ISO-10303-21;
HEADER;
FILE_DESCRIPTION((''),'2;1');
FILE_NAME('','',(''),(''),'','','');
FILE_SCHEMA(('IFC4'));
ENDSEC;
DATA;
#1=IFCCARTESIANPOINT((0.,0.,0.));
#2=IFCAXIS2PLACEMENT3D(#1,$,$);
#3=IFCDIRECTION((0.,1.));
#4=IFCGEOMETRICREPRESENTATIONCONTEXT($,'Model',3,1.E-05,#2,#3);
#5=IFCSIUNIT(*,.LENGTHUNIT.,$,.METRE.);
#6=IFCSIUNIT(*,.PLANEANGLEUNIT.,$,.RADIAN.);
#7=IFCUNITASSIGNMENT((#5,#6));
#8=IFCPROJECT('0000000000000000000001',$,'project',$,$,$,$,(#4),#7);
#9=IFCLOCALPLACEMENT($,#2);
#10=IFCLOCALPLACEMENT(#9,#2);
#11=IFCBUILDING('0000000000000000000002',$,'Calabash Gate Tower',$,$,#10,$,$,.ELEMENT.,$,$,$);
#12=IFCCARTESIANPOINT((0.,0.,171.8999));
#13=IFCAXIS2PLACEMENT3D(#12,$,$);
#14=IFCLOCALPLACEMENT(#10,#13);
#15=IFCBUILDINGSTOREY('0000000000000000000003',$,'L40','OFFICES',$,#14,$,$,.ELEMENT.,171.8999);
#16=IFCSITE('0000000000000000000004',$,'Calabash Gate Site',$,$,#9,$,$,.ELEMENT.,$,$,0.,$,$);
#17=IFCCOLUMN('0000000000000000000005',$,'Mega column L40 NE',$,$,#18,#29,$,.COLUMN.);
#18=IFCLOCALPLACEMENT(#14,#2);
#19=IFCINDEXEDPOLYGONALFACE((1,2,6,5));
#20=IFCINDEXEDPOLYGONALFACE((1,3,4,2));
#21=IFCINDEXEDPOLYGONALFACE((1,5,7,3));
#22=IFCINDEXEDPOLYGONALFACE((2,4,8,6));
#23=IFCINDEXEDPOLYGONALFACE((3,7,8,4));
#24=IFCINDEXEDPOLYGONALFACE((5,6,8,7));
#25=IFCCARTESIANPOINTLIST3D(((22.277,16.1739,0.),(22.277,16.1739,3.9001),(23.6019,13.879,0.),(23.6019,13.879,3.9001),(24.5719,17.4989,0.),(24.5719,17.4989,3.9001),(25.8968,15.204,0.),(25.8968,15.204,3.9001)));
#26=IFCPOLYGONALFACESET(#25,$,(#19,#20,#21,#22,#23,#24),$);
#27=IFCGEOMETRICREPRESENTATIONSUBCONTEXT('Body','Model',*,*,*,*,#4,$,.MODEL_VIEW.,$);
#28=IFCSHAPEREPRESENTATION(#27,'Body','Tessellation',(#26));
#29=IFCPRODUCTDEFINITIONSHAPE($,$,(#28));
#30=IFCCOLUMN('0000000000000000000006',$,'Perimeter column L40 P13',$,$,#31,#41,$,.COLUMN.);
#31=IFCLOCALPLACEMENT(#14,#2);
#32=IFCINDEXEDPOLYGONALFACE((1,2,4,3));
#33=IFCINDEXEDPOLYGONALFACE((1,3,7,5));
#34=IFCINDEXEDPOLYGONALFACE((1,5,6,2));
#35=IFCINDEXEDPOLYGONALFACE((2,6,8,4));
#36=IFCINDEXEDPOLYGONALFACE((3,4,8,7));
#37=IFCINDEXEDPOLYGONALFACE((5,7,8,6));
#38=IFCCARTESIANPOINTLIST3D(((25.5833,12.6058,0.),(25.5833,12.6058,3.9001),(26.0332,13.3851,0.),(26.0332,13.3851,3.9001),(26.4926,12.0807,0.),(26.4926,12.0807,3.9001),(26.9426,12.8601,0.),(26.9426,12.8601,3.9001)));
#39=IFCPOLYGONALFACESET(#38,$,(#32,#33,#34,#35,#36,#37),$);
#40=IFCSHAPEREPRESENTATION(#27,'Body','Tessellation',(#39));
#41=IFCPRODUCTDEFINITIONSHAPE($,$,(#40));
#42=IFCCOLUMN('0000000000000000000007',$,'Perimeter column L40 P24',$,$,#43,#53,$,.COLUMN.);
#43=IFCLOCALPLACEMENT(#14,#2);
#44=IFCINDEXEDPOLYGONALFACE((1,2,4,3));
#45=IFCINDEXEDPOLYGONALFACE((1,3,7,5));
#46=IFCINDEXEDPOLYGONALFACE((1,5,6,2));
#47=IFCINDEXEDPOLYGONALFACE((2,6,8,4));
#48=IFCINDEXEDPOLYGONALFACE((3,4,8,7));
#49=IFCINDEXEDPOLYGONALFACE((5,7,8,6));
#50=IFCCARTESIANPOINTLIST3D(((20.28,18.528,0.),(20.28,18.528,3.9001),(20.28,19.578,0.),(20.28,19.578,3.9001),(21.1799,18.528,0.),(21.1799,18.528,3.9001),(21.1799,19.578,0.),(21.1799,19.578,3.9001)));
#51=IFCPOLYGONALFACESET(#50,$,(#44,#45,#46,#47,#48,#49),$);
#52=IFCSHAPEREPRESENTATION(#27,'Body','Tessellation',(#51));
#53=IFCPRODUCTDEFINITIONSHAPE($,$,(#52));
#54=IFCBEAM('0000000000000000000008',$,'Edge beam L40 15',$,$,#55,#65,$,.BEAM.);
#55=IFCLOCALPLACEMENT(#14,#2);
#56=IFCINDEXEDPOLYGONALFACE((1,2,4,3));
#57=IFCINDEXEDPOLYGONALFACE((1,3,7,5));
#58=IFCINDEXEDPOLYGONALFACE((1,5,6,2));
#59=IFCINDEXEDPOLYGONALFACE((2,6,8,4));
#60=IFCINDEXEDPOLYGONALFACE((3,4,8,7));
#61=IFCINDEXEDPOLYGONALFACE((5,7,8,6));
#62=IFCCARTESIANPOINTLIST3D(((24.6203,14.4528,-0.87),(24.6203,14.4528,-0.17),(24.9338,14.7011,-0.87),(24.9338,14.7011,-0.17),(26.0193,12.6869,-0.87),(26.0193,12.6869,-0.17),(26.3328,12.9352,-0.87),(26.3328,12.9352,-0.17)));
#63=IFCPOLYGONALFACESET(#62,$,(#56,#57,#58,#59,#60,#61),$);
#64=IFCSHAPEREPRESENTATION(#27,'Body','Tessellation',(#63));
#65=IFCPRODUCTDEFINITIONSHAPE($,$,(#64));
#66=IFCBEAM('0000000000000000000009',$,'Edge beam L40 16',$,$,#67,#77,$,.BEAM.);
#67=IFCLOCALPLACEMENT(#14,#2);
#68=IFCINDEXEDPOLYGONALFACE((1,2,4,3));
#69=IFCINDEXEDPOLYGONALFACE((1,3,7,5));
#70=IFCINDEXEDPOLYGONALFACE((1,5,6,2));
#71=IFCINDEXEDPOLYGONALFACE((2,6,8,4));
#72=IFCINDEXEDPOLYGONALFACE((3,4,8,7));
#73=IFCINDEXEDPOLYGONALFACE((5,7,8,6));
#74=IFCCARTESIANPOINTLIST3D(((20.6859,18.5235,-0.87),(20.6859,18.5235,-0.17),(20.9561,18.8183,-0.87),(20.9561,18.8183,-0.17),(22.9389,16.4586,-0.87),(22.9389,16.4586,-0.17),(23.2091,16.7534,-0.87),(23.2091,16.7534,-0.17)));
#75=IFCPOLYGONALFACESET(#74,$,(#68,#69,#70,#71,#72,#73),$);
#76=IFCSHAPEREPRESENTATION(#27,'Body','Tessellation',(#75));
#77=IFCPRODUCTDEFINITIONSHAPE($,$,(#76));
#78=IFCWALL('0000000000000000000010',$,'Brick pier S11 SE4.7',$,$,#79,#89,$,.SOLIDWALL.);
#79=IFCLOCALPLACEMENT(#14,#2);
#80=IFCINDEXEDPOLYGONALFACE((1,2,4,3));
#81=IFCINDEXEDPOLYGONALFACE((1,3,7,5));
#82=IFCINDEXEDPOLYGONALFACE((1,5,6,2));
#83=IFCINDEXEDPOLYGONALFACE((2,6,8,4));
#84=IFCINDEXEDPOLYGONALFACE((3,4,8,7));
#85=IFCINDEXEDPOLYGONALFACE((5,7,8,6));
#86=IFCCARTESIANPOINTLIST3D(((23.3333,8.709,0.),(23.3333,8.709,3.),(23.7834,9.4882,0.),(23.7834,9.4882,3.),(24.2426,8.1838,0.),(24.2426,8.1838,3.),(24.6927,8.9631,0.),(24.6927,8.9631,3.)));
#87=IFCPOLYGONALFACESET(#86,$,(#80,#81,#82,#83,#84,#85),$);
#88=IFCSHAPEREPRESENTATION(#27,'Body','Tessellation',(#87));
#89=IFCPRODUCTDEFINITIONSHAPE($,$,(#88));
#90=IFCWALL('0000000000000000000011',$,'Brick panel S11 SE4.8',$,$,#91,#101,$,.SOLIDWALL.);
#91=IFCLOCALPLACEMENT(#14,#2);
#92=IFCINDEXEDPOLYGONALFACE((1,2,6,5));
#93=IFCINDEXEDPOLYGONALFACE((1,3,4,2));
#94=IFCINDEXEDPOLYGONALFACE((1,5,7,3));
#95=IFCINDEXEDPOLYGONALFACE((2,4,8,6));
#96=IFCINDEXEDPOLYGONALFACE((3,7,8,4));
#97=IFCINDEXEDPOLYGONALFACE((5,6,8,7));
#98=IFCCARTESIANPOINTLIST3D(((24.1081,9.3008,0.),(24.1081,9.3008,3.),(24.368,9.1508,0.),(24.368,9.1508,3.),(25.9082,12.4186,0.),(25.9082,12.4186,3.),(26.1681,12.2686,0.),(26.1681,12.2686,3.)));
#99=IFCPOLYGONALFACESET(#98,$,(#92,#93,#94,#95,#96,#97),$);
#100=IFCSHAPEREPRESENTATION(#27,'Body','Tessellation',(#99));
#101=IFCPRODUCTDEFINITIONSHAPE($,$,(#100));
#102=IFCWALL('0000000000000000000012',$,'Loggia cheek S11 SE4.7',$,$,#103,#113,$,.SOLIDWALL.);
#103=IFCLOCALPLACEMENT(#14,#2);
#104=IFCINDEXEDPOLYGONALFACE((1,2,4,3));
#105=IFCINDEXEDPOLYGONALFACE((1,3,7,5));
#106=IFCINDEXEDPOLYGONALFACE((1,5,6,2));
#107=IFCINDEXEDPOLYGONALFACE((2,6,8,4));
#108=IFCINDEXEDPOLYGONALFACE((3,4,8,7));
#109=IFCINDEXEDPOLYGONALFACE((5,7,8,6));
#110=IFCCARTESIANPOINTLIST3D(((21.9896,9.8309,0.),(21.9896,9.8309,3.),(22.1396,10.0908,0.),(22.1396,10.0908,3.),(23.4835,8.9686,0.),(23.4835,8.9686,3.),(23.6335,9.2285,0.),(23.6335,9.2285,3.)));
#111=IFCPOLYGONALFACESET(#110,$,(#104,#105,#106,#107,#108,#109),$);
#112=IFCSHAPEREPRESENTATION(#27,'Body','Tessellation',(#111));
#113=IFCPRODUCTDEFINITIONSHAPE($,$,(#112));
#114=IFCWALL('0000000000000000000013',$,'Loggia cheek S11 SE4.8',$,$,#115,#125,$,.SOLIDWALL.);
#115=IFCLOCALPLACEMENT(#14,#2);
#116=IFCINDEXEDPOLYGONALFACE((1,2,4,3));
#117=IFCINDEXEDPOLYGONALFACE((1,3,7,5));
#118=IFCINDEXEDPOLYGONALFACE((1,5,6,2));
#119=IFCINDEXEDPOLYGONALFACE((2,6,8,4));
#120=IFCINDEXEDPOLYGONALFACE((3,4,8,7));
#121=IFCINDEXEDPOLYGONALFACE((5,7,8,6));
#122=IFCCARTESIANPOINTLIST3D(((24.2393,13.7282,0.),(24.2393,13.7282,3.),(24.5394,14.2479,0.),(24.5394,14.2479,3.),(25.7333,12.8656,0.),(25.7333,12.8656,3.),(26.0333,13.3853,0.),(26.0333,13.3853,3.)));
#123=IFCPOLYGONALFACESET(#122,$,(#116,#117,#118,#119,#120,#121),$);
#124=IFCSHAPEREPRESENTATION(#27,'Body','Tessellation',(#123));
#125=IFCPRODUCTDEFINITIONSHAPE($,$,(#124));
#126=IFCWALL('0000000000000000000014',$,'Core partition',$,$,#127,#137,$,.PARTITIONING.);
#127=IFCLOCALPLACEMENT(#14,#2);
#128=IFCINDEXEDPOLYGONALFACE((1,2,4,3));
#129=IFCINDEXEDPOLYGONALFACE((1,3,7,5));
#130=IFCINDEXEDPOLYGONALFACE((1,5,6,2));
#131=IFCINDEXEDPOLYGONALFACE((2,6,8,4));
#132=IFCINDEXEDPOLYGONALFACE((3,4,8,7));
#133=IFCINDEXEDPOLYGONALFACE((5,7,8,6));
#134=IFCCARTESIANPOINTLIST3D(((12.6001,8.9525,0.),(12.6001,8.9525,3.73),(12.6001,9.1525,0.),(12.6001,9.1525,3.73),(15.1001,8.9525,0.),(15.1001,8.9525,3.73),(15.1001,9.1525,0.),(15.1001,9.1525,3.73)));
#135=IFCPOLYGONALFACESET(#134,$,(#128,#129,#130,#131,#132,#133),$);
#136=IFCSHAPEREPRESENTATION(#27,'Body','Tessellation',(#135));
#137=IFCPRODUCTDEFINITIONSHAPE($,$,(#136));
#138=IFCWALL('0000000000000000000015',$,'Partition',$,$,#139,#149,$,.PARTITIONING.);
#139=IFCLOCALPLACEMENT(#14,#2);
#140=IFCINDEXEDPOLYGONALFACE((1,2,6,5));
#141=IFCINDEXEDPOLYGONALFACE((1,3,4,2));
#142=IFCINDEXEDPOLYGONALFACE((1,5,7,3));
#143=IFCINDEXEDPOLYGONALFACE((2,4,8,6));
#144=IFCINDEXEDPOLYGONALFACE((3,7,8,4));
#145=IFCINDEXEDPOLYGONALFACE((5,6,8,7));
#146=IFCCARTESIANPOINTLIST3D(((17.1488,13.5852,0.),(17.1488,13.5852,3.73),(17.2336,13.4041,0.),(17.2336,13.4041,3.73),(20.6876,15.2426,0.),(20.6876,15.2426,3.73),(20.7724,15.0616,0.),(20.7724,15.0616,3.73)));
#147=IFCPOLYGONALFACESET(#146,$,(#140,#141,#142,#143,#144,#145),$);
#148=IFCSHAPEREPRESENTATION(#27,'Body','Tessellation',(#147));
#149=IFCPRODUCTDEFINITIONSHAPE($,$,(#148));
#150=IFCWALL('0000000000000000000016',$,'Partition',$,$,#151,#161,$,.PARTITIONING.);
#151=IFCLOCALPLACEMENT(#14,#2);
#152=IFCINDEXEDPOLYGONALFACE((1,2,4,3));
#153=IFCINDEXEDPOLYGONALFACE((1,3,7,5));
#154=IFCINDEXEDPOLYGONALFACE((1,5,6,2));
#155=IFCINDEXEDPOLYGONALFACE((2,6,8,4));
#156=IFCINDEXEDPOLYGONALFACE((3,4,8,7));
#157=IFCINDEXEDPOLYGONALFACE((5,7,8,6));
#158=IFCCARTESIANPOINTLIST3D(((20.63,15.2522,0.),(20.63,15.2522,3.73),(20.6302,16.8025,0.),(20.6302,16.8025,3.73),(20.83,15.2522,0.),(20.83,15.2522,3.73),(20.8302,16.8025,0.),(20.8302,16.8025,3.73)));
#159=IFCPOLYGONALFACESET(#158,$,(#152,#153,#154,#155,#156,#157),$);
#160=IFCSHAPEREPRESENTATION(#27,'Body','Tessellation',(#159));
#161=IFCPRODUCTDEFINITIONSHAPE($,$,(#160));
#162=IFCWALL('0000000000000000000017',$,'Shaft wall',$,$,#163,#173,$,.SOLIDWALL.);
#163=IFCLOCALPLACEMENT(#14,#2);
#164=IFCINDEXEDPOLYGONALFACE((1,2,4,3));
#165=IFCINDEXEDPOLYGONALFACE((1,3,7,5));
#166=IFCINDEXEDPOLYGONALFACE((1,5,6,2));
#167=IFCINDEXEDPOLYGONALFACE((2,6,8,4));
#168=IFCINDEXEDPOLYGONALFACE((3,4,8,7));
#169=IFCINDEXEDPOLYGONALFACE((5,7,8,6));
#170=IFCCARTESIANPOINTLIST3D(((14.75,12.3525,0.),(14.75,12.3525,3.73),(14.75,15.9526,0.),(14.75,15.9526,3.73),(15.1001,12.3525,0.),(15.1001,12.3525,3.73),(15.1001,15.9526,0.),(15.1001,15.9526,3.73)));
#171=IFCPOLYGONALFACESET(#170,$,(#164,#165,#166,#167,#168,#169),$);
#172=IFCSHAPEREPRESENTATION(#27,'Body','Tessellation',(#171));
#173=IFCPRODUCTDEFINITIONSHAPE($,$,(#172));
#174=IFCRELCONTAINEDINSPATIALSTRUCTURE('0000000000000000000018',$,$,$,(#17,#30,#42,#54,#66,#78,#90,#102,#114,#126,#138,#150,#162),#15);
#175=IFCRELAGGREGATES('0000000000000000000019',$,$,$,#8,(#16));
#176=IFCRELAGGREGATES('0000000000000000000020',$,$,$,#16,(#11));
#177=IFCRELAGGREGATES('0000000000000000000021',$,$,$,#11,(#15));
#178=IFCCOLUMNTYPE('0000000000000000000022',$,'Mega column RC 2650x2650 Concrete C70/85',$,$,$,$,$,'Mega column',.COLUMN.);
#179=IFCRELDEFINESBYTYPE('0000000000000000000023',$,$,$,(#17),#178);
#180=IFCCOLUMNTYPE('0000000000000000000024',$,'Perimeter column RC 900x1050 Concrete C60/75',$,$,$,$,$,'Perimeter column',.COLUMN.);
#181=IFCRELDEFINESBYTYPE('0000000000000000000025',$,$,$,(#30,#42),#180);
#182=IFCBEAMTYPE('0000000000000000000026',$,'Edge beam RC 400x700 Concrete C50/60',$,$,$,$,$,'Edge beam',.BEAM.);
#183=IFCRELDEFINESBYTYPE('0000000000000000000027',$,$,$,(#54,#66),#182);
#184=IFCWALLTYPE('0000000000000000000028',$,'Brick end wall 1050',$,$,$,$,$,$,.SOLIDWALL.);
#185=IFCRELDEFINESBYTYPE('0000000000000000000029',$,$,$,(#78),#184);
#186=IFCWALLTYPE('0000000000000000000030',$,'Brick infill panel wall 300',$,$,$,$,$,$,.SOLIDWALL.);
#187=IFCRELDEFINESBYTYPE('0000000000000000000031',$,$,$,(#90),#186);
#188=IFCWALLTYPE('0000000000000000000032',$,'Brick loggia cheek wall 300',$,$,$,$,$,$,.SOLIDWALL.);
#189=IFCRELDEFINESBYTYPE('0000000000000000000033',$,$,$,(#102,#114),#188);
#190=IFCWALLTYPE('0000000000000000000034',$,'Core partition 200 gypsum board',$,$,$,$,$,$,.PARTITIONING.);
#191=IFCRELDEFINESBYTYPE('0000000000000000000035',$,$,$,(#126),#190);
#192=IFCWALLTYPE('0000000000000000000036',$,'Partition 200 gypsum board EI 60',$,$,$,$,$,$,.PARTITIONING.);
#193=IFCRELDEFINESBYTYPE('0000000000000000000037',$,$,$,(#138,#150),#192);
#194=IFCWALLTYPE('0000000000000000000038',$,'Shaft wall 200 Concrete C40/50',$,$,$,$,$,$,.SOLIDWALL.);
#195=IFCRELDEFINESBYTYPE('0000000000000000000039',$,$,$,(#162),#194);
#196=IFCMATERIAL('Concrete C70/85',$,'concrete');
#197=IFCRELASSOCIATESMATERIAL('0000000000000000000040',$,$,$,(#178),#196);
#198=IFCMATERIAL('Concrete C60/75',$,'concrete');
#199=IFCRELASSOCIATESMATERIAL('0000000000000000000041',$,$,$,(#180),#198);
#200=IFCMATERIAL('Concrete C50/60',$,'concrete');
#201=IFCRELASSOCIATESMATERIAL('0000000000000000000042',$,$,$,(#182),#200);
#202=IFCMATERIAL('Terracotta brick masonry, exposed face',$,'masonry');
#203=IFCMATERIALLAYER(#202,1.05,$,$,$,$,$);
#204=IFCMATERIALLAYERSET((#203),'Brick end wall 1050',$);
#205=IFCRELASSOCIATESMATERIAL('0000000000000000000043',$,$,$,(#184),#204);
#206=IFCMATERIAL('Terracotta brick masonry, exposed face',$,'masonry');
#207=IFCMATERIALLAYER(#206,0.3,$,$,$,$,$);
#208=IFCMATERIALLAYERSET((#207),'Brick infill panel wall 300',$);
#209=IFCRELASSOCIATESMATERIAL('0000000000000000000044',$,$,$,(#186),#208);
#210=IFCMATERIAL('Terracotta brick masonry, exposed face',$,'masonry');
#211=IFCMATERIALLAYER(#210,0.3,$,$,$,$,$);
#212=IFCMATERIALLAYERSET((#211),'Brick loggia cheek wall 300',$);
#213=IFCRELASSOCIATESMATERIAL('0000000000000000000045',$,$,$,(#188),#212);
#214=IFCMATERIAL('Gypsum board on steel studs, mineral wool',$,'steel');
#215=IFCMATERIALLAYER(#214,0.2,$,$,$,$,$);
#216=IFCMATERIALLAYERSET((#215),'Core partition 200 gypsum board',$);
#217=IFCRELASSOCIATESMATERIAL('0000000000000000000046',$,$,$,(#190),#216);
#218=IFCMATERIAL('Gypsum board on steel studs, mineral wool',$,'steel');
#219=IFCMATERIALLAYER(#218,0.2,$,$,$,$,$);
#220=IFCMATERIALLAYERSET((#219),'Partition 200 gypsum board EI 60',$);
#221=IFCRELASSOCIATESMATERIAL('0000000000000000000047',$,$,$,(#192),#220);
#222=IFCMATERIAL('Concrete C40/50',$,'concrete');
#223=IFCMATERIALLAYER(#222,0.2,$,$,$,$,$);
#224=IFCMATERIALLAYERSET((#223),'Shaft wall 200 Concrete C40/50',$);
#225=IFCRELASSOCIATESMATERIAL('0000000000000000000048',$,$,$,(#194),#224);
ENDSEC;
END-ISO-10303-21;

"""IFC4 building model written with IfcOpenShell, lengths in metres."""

from ifc_helpers import new_model, si_unit, direction, frame, frame_2d, origin, origin_2d, place, context, subcontext, project, spatial, rectangle, extrude, material, layer, layer_set, material_profile, profile_set, type_object, element, save


model = new_model("IFC4")

# Units and contexts
model_context = context("Model", 3, precision=1e-05, world=origin(), true_north=direction((0.0, 1.0)))
body_context = subcontext(model_context, "Body", "Model", "MODEL_VIEW")
ifc_project = project(units=[si_unit("LENGTHUNIT", "METRE"), si_unit("PLANEANGLEUNIT", "RADIAN")], contexts=[model_context])

# Site, building, storey
site_placement = place(None, origin())
site = spatial("IfcSite", under=ifc_project, at=site_placement, Name="Calabash Gate Site", CompositionType="ELEMENT", RefElevation=0.0)
building_placement = place(site_placement, origin())
building = spatial("IfcBuilding", under=site, at=building_placement, Name="Calabash Gate Tower", CompositionType="ELEMENT")
storey_placement = place(building_placement, frame((0.0, 0.0, 171.8999)))
storey = spatial("IfcBuildingStorey", under=building, at=storey_placement, Name="L40", Description="OFFICES", CompositionType="ELEMENT", Elevation=171.8999)

# Columns
ifc_material_1 = material(Name="Concrete C70/85", Category="concrete")
ifc_material_profile_1 = material_profile(ifc_material_1, rectangle(XDim=2.6499, YDim=2.6499, at=origin_2d()))
ifc_profile_set_1 = profile_set([ifc_material_profile_1], Name="Concrete C70/85")
column_type_1 = type_object("IfcColumnType", Name="Mega column RC 2650x2650 Concrete C70/85", ElementType="Mega column", PredefinedType="COLUMN", material=ifc_profile_set_1)
column_placement = place(storey_placement, frame((24.0869, 15.689, 0.0), z_axis=(0.0, 0.0, 1.0), x_axis=(-0.866025, -0.5, 0.0)))
element("IfcColumn", 1, at=column_placement, inside=storey, type_object=column_type_1, Name="Mega column L40 NE", PredefinedType="COLUMN", context=body_context, shape_type="SweptSolid", body=[
    extrude(rectangle(XDim=2.6499, YDim=2.6499, at=origin_2d()), origin(), (0.0, 0.0, 1.0), 3.9001),
])
ifc_material_2 = material(Name="Concrete C60/75", Category="concrete")
ifc_material_profile_2 = material_profile(ifc_material_2, rectangle(XDim=0.8999, YDim=1.05, at=origin_2d()))
ifc_profile_set_2 = profile_set([ifc_material_profile_2], Name="Concrete C60/75")
column_type_2 = type_object("IfcColumnType", Name="Perimeter column RC 900x1050 Concrete C60/75", ElementType="Perimeter column", PredefinedType="COLUMN", material=ifc_profile_set_2)
for number, where, z_axis, x_axis, name in (
    (2, (26.2629, 12.7329, 0.0), (0.0, 0.0, 1.0), (0.5, 0.866025, 0.0), "Perimeter column L40 P13"),
    (3, (20.73, 19.053, 0.0), (0.0, 0.0, 1.0), (-1.0, 0.0, 0.0), "Perimeter column L40 P24"),
):
    element("IfcColumn", number, at=place(storey_placement, frame(where, z_axis=z_axis, x_axis=x_axis)), inside=storey, type_object=column_type_2, Name=name, PredefinedType="COLUMN", context=body_context, shape_type="SweptSolid", body=[
        extrude(rectangle(XDim=0.8999, YDim=1.05, at=origin_2d()), origin(), (0.0, 0.0, 1.0), 3.9001),
    ])

# Beams
ifc_material_3 = material(Name="Concrete C50/60", Category="concrete")
ifc_material_profile_3 = material_profile(ifc_material_3, rectangle(XDim=0.3999, YDim=0.7, at=origin_2d()))
ifc_profile_set_3 = profile_set([ifc_material_profile_3], Name="Concrete C50/60")
beam_type = type_object("IfcBeamType", Name="Edge beam RC 400x700 Concrete C50/60", ElementType="Edge beam", PredefinedType="BEAM", material=ifc_profile_set_3)
beam_1_placement = place(storey_placement, frame((26.176, 12.811, -0.52), z_axis=(-0.620961, 0.783841, 0.0), x_axis=(-0.783841, -0.620961, 0.0)))
element("IfcBeam", 4, at=beam_1_placement, inside=storey, type_object=beam_type, Name="Edge beam L40 15", PredefinedType="BEAM", context=body_context, shape_type="SweptSolid", body=[
    extrude(rectangle(XDim=0.3999, YDim=0.7, at=origin_2d()), origin(), (0.0, 0.0, 1.0), 2.2529),
])
beam_2_placement = place(storey_placement, frame((23.074, 16.606, -0.52), z_axis=(-0.737194, 0.675681, 0.0), x_axis=(-0.675681, -0.737194, 0.0)))
element("IfcBeam", 5, at=beam_2_placement, inside=storey, type_object=beam_type, Name="Edge beam L40 16", PredefinedType="BEAM", context=body_context, shape_type="SweptSolid", body=[
    extrude(rectangle(XDim=0.3999, YDim=0.7, at=origin_2d()), origin(), (0.0, 0.0, 1.0), 3.0562),
])

# Walls
ifc_material_4 = material(Name="Terracotta brick masonry, exposed face", Category="masonry")
ifc_layer_1 = layer(ifc_material_4, 1.05)
ifc_layer_set_1 = layer_set([ifc_layer_1], Name="Brick end wall 1050")
wall_type_1 = type_object("IfcWallType", Name="Brick end wall 1050", PredefinedType="SOLIDWALL", material=ifc_layer_set_1)
wall_1_placement = place(storey_placement, frame((24.4675, 8.5735, 0.0), z_axis=(0.0, 0.0, 1.0), x_axis=(-0.86593, 0.500165, 0.0)))
element("IfcWall", 6, at=wall_1_placement, inside=storey, type_object=wall_type_1, Name="Brick pier S11 SE4.7", PredefinedType="SOLIDWALL", context=body_context, shape_type="SweptSolid", body=[
    extrude(rectangle(XDim=1.05, YDim=0.8999, at=frame_2d((0.5249, 0.0))), origin(), (0.0, 0.0, 1.0), 3.0),
])
ifc_material_5 = material(Name="Terracotta brick masonry, exposed face", Category="masonry")
ifc_layer_2 = layer(ifc_material_5, 0.3)
ifc_layer_set_2 = layer_set([ifc_layer_2], Name="Brick infill panel wall 300")
wall_type_2 = type_object("IfcWallType", Name="Brick infill panel wall 300", PredefinedType="SOLIDWALL", material=ifc_layer_set_2)
wall_2_placement = place(storey_placement, frame((24.238, 9.2258, 0.0), z_axis=(0.0, 0.0, 1.0), x_axis=(0.500012, 0.866018, 0.0)))
element("IfcWall", 7, at=wall_2_placement, inside=storey, type_object=wall_type_2, Name="Brick panel S11 SE4.8", PredefinedType="SOLIDWALL", context=body_context, shape_type="SweptSolid", body=[
    extrude(rectangle(XDim=3.6001, YDim=0.3, at=frame_2d((1.8, 0.0))), origin(), (0.0, 0.0, 1.0), 3.0),
])
ifc_material_6 = material(Name="Terracotta brick masonry, exposed face", Category="masonry")
ifc_layer_3 = layer(ifc_material_6, 0.3)
ifc_layer_set_3 = layer_set([ifc_layer_3], Name="Brick loggia cheek wall 300")
wall_type_3 = type_object("IfcWallType", Name="Brick loggia cheek wall 300", PredefinedType="SOLIDWALL", material=ifc_layer_set_3)
wall_3_placement = place(storey_placement, frame((23.5583, 9.0986, 0.0), z_axis=(0.0, 0.0, 1.0), x_axis=(-0.866075, 0.499914, 0.0)))
element("IfcWall", 8, at=wall_3_placement, inside=storey, type_object=wall_type_3, Name="Loggia cheek S11 SE4.7", PredefinedType="SOLIDWALL", context=body_context, shape_type="SweptSolid", body=[
    extrude(rectangle(XDim=1.7249, YDim=0.3, at=frame_2d((0.8623, 0.0))), origin(), (0.0, 0.0, 1.0), 3.0),
])
wall_4_placement = place(storey_placement, frame((25.8833, 13.1255, 0.0), z_axis=(0.0, 0.0, 1.0), x_axis=(-0.866014, 0.500021, 0.0)))
element("IfcWall", 9, at=wall_4_placement, inside=storey, type_object=wall_type_3, Name="Loggia cheek S11 SE4.8", PredefinedType="SOLIDWALL", context=body_context, shape_type="SweptSolid", body=[
    extrude(rectangle(XDim=1.7251, YDim=0.6001, at=frame_2d((0.8625, 0.0))), origin(), (0.0, 0.0, 1.0), 3.0),
])
ifc_material_7 = material(Name="Gypsum board on steel studs, mineral wool", Category="steel")
ifc_layer_4 = layer(ifc_material_7, 0.2)
ifc_layer_set_4 = layer_set([ifc_layer_4], Name="Core partition 200 gypsum board")
wall_type_4 = type_object("IfcWallType", Name="Core partition 200 gypsum board", PredefinedType="PARTITIONING", material=ifc_layer_set_4)
wall_5_placement = place(storey_placement, frame((12.6001, 9.0525, 0.0), z_axis=(0.0, 0.0, 1.0), x_axis=(1.0, 0.0, 0.0)))
element("IfcWall", 10, at=wall_5_placement, inside=storey, type_object=wall_type_4, Name="Core partition", PredefinedType="PARTITIONING", context=body_context, shape_type="SweptSolid", body=[
    extrude(rectangle(XDim=2.5, YDim=0.2, at=frame_2d((1.25, 0.0))), origin(), (0.0, 0.0, 1.0), 3.73),
])

# Shared definitions
ifc_material_8 = material(Name="Gypsum board on steel studs, mineral wool", Category="steel")
ifc_layer_5 = layer(ifc_material_8, 0.2)
ifc_layer_set_5 = layer_set([ifc_layer_5], Name="Partition 200 gypsum board EI 60")
wall_type_5 = type_object("IfcWallType", Name="Partition 200 gypsum board EI 60", PredefinedType="PARTITIONING", material=ifc_layer_set_5)

# Walls
wall_6_placement = place(storey_placement, frame((17.1912, 13.4946, 0.0), z_axis=(0.0, 0.0, 1.0), x_axis=(0.905592, 0.424151, 0.0)))
element("IfcWall", 11, at=wall_6_placement, inside=storey, type_object=wall_type_5, Name="Partition", PredefinedType="PARTITIONING", context=body_context, shape_type="SweptSolid", body=[
    extrude(rectangle(XDim=3.9077, YDim=0.2, at=frame_2d((1.9539, 0.0))), origin(), (0.0, 0.0, 1.0), 3.73),
])
wall_7_placement = place(storey_placement, frame((20.73, 15.2522, 0.0), z_axis=(0.0, 0.0, 1.0), x_axis=(0.000157, 1.0, 0.0)))
element("IfcWall", 12, at=wall_7_placement, inside=storey, type_object=wall_type_5, Name="Partition", PredefinedType="PARTITIONING", context=body_context, shape_type="SweptSolid", body=[
    extrude(rectangle(XDim=1.5503, YDim=0.2, at=frame_2d((0.7751, 0.0))), origin(), (0.0, 0.0, 1.0), 3.73),
])
ifc_material_9 = material(Name="Concrete C40/50", Category="concrete")
ifc_layer_6 = layer(ifc_material_9, 0.2)
ifc_layer_set_6 = layer_set([ifc_layer_6], Name="Shaft wall 200 Concrete C40/50")
wall_type_6 = type_object("IfcWallType", Name="Shaft wall 200 Concrete C40/50", PredefinedType="SOLIDWALL", material=ifc_layer_set_6)
wall_8_placement = place(storey_placement, frame((14.925, 12.3525, 0.0), z_axis=(0.0, 0.0, 1.0), x_axis=(0.0, 1.0, 0.0)))
element("IfcWall", 13, at=wall_8_placement, inside=storey, type_object=wall_type_6, Name="Shaft wall", PredefinedType="SOLIDWALL", context=body_context, shape_type="SweptSolid", body=[
    extrude(rectangle(XDim=3.6001, YDim=0.3501, at=frame_2d((1.8, 0.0))), origin(), (0.0, 0.0, 1.0), 3.73),
])

save(model, "model.ifc")
